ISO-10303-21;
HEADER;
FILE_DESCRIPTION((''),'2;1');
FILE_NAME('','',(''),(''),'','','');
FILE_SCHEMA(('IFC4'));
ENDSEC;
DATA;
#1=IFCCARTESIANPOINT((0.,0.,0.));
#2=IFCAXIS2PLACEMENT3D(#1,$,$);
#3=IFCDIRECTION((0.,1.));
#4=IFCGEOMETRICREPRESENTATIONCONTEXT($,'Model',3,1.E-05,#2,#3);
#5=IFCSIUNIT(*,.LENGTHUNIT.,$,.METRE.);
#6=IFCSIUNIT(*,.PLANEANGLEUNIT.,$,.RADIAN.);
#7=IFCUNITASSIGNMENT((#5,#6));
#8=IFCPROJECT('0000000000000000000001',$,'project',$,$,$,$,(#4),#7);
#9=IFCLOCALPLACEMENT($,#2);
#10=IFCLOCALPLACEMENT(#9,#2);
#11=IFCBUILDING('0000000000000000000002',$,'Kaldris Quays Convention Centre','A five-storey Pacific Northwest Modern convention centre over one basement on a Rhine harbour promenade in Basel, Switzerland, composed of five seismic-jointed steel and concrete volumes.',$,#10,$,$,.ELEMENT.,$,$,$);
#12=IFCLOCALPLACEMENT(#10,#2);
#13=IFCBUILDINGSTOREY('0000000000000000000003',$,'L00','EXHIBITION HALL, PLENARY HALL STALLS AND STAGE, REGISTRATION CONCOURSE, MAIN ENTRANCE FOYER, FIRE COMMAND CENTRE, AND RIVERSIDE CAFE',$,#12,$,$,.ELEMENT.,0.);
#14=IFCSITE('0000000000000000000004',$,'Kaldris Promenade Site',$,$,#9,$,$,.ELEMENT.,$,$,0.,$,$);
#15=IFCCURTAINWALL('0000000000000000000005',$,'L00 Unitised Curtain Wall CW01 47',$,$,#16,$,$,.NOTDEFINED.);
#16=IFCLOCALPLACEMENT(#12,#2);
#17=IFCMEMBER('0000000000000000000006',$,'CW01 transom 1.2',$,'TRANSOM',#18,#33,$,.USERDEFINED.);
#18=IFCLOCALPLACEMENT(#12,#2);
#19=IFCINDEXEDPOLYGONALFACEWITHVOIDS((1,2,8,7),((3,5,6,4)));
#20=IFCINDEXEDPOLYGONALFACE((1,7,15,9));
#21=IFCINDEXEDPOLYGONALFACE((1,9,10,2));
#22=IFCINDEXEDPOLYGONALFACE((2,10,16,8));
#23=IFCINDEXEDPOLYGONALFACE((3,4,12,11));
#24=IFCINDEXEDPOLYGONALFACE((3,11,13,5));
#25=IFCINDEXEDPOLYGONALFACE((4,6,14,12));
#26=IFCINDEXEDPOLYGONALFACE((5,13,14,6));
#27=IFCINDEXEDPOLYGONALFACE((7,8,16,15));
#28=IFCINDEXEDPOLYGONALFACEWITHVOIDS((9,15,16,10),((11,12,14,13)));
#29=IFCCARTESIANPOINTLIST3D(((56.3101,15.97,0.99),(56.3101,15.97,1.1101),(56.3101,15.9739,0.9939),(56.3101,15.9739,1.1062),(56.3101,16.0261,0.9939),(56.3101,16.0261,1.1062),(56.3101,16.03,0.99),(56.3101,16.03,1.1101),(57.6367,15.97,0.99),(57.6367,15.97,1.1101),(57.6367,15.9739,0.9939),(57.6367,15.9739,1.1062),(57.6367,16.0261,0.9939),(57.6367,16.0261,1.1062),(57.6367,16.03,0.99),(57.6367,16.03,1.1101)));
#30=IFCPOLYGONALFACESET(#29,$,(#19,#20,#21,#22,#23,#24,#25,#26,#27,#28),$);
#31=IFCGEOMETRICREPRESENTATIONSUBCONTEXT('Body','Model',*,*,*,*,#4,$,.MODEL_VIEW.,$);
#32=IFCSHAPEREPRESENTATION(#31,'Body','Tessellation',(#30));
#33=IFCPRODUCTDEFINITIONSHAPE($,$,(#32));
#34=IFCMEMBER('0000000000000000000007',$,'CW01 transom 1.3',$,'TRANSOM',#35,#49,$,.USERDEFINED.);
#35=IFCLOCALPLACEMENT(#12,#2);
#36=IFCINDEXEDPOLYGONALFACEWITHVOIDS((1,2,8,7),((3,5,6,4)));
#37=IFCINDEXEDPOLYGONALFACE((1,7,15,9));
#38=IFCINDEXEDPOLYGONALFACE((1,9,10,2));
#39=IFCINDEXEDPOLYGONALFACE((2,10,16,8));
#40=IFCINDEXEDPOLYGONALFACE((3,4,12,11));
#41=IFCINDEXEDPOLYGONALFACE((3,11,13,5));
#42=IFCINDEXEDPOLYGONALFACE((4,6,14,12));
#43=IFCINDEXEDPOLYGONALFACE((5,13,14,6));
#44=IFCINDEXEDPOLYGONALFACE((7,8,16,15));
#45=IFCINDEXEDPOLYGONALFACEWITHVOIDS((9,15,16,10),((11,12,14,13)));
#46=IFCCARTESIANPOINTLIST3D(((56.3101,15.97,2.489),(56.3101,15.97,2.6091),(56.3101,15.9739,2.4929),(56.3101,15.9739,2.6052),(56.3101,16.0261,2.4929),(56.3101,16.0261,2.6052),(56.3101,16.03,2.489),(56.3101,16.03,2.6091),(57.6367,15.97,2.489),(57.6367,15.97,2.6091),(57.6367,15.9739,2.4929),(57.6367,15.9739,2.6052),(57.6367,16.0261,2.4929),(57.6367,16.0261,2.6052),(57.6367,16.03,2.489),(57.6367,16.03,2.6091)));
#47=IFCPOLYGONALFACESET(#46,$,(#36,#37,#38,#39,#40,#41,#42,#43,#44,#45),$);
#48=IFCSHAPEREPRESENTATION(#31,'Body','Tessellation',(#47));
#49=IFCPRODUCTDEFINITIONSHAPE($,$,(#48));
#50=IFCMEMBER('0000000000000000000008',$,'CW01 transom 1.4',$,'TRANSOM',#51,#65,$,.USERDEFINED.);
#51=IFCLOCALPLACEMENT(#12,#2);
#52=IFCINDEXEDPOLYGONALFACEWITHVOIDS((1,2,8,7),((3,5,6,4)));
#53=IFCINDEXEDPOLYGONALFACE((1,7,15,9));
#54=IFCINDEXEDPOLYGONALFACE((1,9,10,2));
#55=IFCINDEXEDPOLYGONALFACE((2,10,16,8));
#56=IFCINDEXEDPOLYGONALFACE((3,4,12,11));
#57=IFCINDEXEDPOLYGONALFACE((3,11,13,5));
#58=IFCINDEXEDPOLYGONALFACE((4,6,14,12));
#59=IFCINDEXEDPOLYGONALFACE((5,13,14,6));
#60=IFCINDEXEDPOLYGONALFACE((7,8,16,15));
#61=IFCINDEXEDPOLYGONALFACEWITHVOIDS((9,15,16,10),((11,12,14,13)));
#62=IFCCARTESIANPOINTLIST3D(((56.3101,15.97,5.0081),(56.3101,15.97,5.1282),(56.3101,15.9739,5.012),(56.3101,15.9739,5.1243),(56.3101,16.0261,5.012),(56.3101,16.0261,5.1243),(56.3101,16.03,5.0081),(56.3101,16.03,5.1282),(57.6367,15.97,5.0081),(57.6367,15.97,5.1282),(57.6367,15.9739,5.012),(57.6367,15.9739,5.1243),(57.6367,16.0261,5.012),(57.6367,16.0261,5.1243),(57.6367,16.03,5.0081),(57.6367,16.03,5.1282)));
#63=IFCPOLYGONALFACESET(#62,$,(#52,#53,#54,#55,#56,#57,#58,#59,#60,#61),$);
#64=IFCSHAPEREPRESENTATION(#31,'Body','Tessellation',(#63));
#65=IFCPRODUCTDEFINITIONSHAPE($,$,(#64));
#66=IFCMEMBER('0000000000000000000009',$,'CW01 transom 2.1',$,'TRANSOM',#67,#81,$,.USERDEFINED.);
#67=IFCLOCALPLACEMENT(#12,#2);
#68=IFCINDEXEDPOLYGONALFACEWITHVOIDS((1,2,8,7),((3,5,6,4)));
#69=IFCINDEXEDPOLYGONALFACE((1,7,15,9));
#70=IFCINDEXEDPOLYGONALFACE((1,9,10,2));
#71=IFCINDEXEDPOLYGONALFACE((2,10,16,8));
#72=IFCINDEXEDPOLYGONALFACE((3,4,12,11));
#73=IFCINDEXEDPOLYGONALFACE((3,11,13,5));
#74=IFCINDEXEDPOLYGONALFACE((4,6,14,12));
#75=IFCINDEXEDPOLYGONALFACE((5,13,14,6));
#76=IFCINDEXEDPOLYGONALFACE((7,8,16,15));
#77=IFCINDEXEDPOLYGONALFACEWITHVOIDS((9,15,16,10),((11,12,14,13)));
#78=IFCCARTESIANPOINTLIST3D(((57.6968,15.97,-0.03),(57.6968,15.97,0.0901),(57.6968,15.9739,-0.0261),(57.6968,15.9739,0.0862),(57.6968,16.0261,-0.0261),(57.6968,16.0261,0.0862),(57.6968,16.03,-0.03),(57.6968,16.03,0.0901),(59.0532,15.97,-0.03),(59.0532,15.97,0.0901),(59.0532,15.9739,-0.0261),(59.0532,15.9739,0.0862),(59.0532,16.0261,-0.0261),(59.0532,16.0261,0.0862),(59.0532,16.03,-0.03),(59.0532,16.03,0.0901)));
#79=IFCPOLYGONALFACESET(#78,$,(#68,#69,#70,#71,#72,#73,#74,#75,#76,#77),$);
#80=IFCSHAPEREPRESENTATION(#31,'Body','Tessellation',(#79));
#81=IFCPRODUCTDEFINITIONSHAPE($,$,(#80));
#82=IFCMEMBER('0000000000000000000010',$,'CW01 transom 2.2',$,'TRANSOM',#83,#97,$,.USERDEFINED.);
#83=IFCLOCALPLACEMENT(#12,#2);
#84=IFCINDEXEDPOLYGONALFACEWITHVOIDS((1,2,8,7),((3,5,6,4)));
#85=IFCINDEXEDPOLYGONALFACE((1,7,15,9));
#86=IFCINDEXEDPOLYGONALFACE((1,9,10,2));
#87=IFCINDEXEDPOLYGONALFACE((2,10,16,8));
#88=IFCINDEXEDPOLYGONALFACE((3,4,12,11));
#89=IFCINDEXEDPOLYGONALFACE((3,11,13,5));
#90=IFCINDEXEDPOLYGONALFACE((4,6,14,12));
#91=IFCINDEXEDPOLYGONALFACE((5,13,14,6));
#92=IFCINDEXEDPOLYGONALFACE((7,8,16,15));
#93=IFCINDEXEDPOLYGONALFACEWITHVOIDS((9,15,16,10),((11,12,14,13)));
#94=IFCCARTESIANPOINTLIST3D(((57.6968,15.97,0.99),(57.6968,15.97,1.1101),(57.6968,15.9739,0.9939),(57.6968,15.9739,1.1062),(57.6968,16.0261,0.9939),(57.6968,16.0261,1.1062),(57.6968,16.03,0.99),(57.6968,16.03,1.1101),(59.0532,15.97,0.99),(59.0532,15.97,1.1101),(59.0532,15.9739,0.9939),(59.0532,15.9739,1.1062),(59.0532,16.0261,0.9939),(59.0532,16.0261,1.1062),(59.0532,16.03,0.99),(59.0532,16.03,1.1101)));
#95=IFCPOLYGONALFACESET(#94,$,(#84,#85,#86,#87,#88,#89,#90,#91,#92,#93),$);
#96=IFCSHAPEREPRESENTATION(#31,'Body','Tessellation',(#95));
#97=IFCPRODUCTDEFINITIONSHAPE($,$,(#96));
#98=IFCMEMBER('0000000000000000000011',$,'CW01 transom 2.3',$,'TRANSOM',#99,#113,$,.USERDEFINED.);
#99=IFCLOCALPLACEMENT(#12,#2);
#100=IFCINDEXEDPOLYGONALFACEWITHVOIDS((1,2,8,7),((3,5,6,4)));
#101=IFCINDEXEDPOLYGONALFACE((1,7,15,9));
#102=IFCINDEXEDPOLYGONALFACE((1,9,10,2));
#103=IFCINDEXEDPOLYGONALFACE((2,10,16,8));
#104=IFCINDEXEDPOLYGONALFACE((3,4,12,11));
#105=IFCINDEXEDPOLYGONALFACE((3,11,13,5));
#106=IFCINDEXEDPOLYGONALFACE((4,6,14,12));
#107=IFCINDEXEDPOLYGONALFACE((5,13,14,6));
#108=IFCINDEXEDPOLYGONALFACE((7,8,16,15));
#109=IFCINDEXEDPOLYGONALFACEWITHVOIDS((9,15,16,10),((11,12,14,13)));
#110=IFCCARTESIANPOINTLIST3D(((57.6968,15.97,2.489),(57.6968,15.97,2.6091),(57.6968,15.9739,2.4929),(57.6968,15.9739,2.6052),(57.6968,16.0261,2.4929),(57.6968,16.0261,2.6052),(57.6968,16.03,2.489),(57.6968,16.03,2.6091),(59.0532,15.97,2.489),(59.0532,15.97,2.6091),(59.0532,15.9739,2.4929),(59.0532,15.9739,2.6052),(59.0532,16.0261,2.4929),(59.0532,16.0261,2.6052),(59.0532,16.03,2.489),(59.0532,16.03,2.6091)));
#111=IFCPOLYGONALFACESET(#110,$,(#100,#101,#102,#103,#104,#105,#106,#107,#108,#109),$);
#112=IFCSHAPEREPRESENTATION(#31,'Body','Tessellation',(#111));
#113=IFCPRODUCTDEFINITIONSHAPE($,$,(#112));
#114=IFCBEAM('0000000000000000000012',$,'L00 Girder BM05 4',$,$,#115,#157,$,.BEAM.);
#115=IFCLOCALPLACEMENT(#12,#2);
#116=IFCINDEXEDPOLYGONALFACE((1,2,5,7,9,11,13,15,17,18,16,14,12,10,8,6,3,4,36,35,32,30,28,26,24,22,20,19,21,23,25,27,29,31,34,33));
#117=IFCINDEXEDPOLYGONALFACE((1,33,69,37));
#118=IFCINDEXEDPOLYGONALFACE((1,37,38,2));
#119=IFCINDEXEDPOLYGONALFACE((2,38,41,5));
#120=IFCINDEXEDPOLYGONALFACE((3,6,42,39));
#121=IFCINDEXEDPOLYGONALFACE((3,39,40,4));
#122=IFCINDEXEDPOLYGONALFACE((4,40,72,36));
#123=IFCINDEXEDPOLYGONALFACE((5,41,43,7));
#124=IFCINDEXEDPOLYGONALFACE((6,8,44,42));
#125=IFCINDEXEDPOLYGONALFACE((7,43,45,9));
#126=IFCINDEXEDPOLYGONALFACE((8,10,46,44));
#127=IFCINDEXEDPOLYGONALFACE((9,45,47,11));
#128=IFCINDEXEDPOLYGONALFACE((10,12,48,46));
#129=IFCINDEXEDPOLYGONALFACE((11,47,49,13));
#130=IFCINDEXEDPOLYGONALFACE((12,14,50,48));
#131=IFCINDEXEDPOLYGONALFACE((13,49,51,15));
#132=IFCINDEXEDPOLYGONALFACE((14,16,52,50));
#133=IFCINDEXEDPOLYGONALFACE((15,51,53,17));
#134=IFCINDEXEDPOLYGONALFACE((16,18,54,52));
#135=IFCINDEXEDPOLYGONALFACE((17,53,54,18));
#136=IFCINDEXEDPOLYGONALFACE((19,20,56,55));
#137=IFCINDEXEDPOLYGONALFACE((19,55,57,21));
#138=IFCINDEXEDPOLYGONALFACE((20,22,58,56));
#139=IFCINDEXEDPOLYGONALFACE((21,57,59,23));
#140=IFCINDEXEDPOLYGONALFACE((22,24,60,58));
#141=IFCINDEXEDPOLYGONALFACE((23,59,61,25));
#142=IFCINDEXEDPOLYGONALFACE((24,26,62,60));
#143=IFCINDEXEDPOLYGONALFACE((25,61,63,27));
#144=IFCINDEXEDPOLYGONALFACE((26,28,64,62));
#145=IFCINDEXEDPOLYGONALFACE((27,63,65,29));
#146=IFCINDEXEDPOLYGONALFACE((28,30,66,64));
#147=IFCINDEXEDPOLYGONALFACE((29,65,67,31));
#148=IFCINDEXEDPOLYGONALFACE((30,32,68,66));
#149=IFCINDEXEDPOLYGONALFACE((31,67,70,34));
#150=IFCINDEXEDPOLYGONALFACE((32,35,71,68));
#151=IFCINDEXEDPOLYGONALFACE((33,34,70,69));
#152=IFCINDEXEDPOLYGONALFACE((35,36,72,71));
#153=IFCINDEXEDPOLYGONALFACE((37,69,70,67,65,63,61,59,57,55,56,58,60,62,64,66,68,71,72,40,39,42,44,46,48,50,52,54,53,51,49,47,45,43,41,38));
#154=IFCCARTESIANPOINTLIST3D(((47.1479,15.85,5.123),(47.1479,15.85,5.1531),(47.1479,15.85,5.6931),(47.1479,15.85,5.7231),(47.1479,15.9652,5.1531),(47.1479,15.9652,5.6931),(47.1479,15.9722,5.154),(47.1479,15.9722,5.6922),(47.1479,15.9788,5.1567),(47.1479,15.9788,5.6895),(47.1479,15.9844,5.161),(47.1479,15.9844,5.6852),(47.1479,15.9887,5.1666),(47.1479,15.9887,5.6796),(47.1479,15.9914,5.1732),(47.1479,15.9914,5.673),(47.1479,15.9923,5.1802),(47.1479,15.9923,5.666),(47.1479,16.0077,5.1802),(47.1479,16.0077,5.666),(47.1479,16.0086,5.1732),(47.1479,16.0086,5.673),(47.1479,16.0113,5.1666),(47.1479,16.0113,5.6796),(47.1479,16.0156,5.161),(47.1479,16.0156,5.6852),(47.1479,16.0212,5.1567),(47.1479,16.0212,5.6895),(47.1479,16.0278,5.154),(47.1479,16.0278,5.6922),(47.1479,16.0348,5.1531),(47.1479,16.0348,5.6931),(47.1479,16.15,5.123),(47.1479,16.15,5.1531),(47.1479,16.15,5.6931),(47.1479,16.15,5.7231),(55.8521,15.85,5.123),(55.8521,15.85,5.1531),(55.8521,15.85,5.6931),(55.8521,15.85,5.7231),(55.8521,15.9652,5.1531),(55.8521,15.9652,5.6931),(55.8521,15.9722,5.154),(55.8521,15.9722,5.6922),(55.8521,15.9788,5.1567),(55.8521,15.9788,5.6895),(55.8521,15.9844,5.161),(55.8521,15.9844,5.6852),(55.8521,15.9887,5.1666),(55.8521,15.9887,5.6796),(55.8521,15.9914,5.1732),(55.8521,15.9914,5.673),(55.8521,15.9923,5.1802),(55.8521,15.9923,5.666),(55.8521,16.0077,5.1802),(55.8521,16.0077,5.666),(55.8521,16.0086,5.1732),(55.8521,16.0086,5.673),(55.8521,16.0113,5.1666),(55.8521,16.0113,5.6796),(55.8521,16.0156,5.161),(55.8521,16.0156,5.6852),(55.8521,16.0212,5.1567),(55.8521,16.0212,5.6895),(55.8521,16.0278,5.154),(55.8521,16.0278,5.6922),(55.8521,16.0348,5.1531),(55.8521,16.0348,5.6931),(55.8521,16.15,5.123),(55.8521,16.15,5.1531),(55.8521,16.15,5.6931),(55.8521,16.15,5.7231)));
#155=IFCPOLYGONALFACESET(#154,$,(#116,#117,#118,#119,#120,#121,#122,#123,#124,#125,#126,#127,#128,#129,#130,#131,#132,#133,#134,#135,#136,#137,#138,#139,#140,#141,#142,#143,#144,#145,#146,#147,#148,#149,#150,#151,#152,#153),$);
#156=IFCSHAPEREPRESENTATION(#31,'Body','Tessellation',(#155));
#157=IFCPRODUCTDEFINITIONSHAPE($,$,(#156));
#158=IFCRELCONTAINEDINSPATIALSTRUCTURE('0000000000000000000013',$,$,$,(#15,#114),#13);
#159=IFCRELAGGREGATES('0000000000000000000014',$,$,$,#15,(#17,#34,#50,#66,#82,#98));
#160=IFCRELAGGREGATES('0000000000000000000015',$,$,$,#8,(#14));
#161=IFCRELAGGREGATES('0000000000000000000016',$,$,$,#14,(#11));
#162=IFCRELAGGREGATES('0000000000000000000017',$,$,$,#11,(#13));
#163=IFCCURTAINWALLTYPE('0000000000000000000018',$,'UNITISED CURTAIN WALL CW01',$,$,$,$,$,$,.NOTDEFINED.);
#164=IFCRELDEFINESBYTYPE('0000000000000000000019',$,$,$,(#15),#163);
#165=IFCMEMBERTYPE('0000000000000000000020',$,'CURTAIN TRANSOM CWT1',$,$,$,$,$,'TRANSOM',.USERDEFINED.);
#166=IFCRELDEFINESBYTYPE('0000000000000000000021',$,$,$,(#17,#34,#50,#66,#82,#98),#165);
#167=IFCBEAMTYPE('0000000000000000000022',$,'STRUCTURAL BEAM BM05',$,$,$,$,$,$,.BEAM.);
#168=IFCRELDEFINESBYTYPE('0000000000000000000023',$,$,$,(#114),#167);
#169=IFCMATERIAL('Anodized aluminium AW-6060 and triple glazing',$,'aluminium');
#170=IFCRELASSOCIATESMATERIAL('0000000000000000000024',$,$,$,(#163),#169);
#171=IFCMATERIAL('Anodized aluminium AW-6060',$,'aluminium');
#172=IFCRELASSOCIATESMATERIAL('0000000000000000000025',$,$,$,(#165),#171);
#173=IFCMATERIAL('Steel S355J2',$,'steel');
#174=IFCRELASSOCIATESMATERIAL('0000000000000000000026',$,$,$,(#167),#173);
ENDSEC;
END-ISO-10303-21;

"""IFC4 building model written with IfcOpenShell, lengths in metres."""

from ifc_helpers import new_model, si_unit, direction, frame, origin, origin_2d, place, context, subcontext, project, spatial, hollow_rectangle, i_section, extrude, material, material_profile, profile_set, type_object, element, aggregate, save


model = new_model("IFC4")

# Units and contexts
model_context = context("Model", 3, precision=1e-05, world=origin(), true_north=direction((0.0, 1.0)))
body_context = subcontext(model_context, "Body", "Model", "MODEL_VIEW")
ifc_project = project(units=[si_unit("LENGTHUNIT", "METRE"), si_unit("PLANEANGLEUNIT", "RADIAN")], contexts=[model_context])

# Site, building, storey
site_placement = place(None, origin())
site = spatial("IfcSite", under=ifc_project, at=site_placement, Name="Kaldris Promenade Site", CompositionType="ELEMENT", RefElevation=0.0)
building_placement = place(site_placement, origin())
building = spatial("IfcBuilding", under=site, at=building_placement, Name="Kaldris Quays Convention Centre", Description="A five-storey Pacific Northwest Modern convention centre over one basement on a Rhine harbour promenade in Basel, Switzerland, composed of five seismic-jointed steel and concrete volumes.", CompositionType="ELEMENT")
storey_placement = place(building_placement, origin())
storey = spatial("IfcBuildingStorey", under=building, at=storey_placement, Name="L00", Description="EXHIBITION HALL, PLENARY HALL STALLS AND STAGE, REGISTRATION CONCOURSE, MAIN ENTRANCE FOYER, FIRE COMMAND CENTRE, AND RIVERSIDE CAFE", CompositionType="ELEMENT", Elevation=0.0)

# Shared definitions
ifc_material_1 = material(Name="Anodized aluminium AW-6060 and triple glazing", Category="aluminium")
curtain_wall_type = type_object("IfcCurtainWallType", Name="UNITISED CURTAIN WALL CW01", PredefinedType="NOTDEFINED", material=ifc_material_1)
ifc_material_2 = material(Name="Anodized aluminium AW-6060", Category="aluminium")

# Curtain wall
curtain_wall_1_placement = place(storey_placement, origin())
curtain_wall_1 = element("IfcCurtainWall", 1, at=curtain_wall_1_placement, inside=storey, type_object=curtain_wall_type, Name="L00 Unitised Curtain Wall CW01 47", PredefinedType="NOTDEFINED")

# Members
ifc_material_profile_1 = material_profile(ifc_material_2, hollow_rectangle(XDim=0.0601, YDim=0.1201, WallThickness=0.0039, at=origin_2d()), Name="RHS 120x60x4")
ifc_profile_set_1 = profile_set([ifc_material_profile_1], Name="Anodized aluminium AW-6060")
member_type_1 = type_object("IfcMemberType", Name="CURTAIN TRANSOM CWT1", ElementType="TRANSOM", PredefinedType="USERDEFINED", material=ifc_profile_set_1)
member_1_placement = place(storey_placement, frame((56.3101, 16.0, 1.05), z_axis=(1.0, 0.0, 0.0), x_axis=(0.0, 1.0, 0.0)))
member_1 = element("IfcMember", 2, at=member_1_placement, type_object=member_type_1, Name="CW01 transom 1.2", ObjectType="TRANSOM", PredefinedType="USERDEFINED", context=body_context, shape_type="SweptSolid", body=[
    extrude(hollow_rectangle(XDim=0.0601, YDim=0.1201, WallThickness=0.0039, at=origin_2d()), origin(), (0.0, 0.0, 1.0), 1.3267),
])
member_2_placement = place(storey_placement, frame((56.3101, 16.0, 2.5491), z_axis=(1.0, 0.0, 0.0), x_axis=(0.0, 1.0, 0.0)))
member_2 = element("IfcMember", 3, at=member_2_placement, type_object=member_type_1, Name="CW01 transom 1.3", ObjectType="TRANSOM", PredefinedType="USERDEFINED", context=body_context, shape_type="SweptSolid", body=[
    extrude(hollow_rectangle(XDim=0.0601, YDim=0.1201, WallThickness=0.0039, at=origin_2d()), origin(), (0.0, 0.0, 1.0), 1.3267),
])
member_3_placement = place(storey_placement, frame((56.3101, 16.0, 5.0681), z_axis=(1.0, 0.0, 0.0), x_axis=(0.0, 1.0, 0.0)))
member_3 = element("IfcMember", 4, at=member_3_placement, type_object=member_type_1, Name="CW01 transom 1.4", ObjectType="TRANSOM", PredefinedType="USERDEFINED", context=body_context, shape_type="SweptSolid", body=[
    extrude(hollow_rectangle(XDim=0.0601, YDim=0.1201, WallThickness=0.0039, at=origin_2d()), origin(), (0.0, 0.0, 1.0), 1.3267),
])
member_4_placement = place(storey_placement, frame((57.6968, 16.0, 0.03), z_axis=(1.0, 0.0, 0.0), x_axis=(0.0, 1.0, 0.0)))
member_4 = element("IfcMember", 5, at=member_4_placement, type_object=member_type_1, Name="CW01 transom 2.1", ObjectType="TRANSOM", PredefinedType="USERDEFINED", context=body_context, shape_type="SweptSolid", body=[
    extrude(hollow_rectangle(XDim=0.0601, YDim=0.1201, WallThickness=0.0039, at=origin_2d()), origin(), (0.0, 0.0, 1.0), 1.3564),
])
member_5_placement = place(storey_placement, frame((57.6968, 16.0, 1.05), z_axis=(1.0, 0.0, 0.0), x_axis=(0.0, 1.0, 0.0)))
member_5 = element("IfcMember", 6, at=member_5_placement, type_object=member_type_1, Name="CW01 transom 2.2", ObjectType="TRANSOM", PredefinedType="USERDEFINED", context=body_context, shape_type="SweptSolid", body=[
    extrude(hollow_rectangle(XDim=0.0601, YDim=0.1201, WallThickness=0.0039, at=origin_2d()), origin(), (0.0, 0.0, 1.0), 1.3564),
])
member_6_placement = place(storey_placement, frame((57.6968, 16.0, 2.5491), z_axis=(1.0, 0.0, 0.0), x_axis=(0.0, 1.0, 0.0)))
member_6 = element("IfcMember", 7, at=member_6_placement, type_object=member_type_1, Name="CW01 transom 2.3", ObjectType="TRANSOM", PredefinedType="USERDEFINED", context=body_context, shape_type="SweptSolid", body=[
    extrude(hollow_rectangle(XDim=0.0601, YDim=0.1201, WallThickness=0.0039, at=origin_2d()), origin(), (0.0, 0.0, 1.0), 1.3564),
])

# Beam
ifc_material_3 = material(Name="Steel S355J2", Category="steel")
ifc_material_profile_2 = material_profile(ifc_material_3, i_section(OverallWidth=0.3, OverallDepth=0.6001, WebThickness=0.0154, FlangeThickness=0.03, FilletRadius=0.0271, at=origin_2d()), Name="HEB 600")
ifc_profile_set_2 = profile_set([ifc_material_profile_2], Name="Steel S355J2")
beam_type = type_object("IfcBeamType", Name="STRUCTURAL BEAM BM05", PredefinedType="BEAM", material=ifc_profile_set_2)
for number, where, z_axis, x_axis, name in (
    (8, (47.1479, 16.0, 5.4231), (1.0, 0.0, 0.0), (0.0, 1.0, 0.0), "L00 Girder BM05 4"),
):
    element("IfcBeam", number, at=place(storey_placement, frame(where, z_axis=z_axis, x_axis=x_axis)), inside=storey, type_object=beam_type, Name=name, PredefinedType="BEAM", context=body_context, shape_type="SweptSolid", body=[
        extrude(i_section(OverallWidth=0.3, OverallDepth=0.6001, WebThickness=0.0154, FlangeThickness=0.03, FilletRadius=0.0271, at=origin_2d()), origin(), (0.0, 0.0, 1.0), 8.7041),
    ])

aggregate(curtain_wall_1, [member_1, member_2, member_3, member_4, member_5, member_6])

save(model, "model.ifc")
